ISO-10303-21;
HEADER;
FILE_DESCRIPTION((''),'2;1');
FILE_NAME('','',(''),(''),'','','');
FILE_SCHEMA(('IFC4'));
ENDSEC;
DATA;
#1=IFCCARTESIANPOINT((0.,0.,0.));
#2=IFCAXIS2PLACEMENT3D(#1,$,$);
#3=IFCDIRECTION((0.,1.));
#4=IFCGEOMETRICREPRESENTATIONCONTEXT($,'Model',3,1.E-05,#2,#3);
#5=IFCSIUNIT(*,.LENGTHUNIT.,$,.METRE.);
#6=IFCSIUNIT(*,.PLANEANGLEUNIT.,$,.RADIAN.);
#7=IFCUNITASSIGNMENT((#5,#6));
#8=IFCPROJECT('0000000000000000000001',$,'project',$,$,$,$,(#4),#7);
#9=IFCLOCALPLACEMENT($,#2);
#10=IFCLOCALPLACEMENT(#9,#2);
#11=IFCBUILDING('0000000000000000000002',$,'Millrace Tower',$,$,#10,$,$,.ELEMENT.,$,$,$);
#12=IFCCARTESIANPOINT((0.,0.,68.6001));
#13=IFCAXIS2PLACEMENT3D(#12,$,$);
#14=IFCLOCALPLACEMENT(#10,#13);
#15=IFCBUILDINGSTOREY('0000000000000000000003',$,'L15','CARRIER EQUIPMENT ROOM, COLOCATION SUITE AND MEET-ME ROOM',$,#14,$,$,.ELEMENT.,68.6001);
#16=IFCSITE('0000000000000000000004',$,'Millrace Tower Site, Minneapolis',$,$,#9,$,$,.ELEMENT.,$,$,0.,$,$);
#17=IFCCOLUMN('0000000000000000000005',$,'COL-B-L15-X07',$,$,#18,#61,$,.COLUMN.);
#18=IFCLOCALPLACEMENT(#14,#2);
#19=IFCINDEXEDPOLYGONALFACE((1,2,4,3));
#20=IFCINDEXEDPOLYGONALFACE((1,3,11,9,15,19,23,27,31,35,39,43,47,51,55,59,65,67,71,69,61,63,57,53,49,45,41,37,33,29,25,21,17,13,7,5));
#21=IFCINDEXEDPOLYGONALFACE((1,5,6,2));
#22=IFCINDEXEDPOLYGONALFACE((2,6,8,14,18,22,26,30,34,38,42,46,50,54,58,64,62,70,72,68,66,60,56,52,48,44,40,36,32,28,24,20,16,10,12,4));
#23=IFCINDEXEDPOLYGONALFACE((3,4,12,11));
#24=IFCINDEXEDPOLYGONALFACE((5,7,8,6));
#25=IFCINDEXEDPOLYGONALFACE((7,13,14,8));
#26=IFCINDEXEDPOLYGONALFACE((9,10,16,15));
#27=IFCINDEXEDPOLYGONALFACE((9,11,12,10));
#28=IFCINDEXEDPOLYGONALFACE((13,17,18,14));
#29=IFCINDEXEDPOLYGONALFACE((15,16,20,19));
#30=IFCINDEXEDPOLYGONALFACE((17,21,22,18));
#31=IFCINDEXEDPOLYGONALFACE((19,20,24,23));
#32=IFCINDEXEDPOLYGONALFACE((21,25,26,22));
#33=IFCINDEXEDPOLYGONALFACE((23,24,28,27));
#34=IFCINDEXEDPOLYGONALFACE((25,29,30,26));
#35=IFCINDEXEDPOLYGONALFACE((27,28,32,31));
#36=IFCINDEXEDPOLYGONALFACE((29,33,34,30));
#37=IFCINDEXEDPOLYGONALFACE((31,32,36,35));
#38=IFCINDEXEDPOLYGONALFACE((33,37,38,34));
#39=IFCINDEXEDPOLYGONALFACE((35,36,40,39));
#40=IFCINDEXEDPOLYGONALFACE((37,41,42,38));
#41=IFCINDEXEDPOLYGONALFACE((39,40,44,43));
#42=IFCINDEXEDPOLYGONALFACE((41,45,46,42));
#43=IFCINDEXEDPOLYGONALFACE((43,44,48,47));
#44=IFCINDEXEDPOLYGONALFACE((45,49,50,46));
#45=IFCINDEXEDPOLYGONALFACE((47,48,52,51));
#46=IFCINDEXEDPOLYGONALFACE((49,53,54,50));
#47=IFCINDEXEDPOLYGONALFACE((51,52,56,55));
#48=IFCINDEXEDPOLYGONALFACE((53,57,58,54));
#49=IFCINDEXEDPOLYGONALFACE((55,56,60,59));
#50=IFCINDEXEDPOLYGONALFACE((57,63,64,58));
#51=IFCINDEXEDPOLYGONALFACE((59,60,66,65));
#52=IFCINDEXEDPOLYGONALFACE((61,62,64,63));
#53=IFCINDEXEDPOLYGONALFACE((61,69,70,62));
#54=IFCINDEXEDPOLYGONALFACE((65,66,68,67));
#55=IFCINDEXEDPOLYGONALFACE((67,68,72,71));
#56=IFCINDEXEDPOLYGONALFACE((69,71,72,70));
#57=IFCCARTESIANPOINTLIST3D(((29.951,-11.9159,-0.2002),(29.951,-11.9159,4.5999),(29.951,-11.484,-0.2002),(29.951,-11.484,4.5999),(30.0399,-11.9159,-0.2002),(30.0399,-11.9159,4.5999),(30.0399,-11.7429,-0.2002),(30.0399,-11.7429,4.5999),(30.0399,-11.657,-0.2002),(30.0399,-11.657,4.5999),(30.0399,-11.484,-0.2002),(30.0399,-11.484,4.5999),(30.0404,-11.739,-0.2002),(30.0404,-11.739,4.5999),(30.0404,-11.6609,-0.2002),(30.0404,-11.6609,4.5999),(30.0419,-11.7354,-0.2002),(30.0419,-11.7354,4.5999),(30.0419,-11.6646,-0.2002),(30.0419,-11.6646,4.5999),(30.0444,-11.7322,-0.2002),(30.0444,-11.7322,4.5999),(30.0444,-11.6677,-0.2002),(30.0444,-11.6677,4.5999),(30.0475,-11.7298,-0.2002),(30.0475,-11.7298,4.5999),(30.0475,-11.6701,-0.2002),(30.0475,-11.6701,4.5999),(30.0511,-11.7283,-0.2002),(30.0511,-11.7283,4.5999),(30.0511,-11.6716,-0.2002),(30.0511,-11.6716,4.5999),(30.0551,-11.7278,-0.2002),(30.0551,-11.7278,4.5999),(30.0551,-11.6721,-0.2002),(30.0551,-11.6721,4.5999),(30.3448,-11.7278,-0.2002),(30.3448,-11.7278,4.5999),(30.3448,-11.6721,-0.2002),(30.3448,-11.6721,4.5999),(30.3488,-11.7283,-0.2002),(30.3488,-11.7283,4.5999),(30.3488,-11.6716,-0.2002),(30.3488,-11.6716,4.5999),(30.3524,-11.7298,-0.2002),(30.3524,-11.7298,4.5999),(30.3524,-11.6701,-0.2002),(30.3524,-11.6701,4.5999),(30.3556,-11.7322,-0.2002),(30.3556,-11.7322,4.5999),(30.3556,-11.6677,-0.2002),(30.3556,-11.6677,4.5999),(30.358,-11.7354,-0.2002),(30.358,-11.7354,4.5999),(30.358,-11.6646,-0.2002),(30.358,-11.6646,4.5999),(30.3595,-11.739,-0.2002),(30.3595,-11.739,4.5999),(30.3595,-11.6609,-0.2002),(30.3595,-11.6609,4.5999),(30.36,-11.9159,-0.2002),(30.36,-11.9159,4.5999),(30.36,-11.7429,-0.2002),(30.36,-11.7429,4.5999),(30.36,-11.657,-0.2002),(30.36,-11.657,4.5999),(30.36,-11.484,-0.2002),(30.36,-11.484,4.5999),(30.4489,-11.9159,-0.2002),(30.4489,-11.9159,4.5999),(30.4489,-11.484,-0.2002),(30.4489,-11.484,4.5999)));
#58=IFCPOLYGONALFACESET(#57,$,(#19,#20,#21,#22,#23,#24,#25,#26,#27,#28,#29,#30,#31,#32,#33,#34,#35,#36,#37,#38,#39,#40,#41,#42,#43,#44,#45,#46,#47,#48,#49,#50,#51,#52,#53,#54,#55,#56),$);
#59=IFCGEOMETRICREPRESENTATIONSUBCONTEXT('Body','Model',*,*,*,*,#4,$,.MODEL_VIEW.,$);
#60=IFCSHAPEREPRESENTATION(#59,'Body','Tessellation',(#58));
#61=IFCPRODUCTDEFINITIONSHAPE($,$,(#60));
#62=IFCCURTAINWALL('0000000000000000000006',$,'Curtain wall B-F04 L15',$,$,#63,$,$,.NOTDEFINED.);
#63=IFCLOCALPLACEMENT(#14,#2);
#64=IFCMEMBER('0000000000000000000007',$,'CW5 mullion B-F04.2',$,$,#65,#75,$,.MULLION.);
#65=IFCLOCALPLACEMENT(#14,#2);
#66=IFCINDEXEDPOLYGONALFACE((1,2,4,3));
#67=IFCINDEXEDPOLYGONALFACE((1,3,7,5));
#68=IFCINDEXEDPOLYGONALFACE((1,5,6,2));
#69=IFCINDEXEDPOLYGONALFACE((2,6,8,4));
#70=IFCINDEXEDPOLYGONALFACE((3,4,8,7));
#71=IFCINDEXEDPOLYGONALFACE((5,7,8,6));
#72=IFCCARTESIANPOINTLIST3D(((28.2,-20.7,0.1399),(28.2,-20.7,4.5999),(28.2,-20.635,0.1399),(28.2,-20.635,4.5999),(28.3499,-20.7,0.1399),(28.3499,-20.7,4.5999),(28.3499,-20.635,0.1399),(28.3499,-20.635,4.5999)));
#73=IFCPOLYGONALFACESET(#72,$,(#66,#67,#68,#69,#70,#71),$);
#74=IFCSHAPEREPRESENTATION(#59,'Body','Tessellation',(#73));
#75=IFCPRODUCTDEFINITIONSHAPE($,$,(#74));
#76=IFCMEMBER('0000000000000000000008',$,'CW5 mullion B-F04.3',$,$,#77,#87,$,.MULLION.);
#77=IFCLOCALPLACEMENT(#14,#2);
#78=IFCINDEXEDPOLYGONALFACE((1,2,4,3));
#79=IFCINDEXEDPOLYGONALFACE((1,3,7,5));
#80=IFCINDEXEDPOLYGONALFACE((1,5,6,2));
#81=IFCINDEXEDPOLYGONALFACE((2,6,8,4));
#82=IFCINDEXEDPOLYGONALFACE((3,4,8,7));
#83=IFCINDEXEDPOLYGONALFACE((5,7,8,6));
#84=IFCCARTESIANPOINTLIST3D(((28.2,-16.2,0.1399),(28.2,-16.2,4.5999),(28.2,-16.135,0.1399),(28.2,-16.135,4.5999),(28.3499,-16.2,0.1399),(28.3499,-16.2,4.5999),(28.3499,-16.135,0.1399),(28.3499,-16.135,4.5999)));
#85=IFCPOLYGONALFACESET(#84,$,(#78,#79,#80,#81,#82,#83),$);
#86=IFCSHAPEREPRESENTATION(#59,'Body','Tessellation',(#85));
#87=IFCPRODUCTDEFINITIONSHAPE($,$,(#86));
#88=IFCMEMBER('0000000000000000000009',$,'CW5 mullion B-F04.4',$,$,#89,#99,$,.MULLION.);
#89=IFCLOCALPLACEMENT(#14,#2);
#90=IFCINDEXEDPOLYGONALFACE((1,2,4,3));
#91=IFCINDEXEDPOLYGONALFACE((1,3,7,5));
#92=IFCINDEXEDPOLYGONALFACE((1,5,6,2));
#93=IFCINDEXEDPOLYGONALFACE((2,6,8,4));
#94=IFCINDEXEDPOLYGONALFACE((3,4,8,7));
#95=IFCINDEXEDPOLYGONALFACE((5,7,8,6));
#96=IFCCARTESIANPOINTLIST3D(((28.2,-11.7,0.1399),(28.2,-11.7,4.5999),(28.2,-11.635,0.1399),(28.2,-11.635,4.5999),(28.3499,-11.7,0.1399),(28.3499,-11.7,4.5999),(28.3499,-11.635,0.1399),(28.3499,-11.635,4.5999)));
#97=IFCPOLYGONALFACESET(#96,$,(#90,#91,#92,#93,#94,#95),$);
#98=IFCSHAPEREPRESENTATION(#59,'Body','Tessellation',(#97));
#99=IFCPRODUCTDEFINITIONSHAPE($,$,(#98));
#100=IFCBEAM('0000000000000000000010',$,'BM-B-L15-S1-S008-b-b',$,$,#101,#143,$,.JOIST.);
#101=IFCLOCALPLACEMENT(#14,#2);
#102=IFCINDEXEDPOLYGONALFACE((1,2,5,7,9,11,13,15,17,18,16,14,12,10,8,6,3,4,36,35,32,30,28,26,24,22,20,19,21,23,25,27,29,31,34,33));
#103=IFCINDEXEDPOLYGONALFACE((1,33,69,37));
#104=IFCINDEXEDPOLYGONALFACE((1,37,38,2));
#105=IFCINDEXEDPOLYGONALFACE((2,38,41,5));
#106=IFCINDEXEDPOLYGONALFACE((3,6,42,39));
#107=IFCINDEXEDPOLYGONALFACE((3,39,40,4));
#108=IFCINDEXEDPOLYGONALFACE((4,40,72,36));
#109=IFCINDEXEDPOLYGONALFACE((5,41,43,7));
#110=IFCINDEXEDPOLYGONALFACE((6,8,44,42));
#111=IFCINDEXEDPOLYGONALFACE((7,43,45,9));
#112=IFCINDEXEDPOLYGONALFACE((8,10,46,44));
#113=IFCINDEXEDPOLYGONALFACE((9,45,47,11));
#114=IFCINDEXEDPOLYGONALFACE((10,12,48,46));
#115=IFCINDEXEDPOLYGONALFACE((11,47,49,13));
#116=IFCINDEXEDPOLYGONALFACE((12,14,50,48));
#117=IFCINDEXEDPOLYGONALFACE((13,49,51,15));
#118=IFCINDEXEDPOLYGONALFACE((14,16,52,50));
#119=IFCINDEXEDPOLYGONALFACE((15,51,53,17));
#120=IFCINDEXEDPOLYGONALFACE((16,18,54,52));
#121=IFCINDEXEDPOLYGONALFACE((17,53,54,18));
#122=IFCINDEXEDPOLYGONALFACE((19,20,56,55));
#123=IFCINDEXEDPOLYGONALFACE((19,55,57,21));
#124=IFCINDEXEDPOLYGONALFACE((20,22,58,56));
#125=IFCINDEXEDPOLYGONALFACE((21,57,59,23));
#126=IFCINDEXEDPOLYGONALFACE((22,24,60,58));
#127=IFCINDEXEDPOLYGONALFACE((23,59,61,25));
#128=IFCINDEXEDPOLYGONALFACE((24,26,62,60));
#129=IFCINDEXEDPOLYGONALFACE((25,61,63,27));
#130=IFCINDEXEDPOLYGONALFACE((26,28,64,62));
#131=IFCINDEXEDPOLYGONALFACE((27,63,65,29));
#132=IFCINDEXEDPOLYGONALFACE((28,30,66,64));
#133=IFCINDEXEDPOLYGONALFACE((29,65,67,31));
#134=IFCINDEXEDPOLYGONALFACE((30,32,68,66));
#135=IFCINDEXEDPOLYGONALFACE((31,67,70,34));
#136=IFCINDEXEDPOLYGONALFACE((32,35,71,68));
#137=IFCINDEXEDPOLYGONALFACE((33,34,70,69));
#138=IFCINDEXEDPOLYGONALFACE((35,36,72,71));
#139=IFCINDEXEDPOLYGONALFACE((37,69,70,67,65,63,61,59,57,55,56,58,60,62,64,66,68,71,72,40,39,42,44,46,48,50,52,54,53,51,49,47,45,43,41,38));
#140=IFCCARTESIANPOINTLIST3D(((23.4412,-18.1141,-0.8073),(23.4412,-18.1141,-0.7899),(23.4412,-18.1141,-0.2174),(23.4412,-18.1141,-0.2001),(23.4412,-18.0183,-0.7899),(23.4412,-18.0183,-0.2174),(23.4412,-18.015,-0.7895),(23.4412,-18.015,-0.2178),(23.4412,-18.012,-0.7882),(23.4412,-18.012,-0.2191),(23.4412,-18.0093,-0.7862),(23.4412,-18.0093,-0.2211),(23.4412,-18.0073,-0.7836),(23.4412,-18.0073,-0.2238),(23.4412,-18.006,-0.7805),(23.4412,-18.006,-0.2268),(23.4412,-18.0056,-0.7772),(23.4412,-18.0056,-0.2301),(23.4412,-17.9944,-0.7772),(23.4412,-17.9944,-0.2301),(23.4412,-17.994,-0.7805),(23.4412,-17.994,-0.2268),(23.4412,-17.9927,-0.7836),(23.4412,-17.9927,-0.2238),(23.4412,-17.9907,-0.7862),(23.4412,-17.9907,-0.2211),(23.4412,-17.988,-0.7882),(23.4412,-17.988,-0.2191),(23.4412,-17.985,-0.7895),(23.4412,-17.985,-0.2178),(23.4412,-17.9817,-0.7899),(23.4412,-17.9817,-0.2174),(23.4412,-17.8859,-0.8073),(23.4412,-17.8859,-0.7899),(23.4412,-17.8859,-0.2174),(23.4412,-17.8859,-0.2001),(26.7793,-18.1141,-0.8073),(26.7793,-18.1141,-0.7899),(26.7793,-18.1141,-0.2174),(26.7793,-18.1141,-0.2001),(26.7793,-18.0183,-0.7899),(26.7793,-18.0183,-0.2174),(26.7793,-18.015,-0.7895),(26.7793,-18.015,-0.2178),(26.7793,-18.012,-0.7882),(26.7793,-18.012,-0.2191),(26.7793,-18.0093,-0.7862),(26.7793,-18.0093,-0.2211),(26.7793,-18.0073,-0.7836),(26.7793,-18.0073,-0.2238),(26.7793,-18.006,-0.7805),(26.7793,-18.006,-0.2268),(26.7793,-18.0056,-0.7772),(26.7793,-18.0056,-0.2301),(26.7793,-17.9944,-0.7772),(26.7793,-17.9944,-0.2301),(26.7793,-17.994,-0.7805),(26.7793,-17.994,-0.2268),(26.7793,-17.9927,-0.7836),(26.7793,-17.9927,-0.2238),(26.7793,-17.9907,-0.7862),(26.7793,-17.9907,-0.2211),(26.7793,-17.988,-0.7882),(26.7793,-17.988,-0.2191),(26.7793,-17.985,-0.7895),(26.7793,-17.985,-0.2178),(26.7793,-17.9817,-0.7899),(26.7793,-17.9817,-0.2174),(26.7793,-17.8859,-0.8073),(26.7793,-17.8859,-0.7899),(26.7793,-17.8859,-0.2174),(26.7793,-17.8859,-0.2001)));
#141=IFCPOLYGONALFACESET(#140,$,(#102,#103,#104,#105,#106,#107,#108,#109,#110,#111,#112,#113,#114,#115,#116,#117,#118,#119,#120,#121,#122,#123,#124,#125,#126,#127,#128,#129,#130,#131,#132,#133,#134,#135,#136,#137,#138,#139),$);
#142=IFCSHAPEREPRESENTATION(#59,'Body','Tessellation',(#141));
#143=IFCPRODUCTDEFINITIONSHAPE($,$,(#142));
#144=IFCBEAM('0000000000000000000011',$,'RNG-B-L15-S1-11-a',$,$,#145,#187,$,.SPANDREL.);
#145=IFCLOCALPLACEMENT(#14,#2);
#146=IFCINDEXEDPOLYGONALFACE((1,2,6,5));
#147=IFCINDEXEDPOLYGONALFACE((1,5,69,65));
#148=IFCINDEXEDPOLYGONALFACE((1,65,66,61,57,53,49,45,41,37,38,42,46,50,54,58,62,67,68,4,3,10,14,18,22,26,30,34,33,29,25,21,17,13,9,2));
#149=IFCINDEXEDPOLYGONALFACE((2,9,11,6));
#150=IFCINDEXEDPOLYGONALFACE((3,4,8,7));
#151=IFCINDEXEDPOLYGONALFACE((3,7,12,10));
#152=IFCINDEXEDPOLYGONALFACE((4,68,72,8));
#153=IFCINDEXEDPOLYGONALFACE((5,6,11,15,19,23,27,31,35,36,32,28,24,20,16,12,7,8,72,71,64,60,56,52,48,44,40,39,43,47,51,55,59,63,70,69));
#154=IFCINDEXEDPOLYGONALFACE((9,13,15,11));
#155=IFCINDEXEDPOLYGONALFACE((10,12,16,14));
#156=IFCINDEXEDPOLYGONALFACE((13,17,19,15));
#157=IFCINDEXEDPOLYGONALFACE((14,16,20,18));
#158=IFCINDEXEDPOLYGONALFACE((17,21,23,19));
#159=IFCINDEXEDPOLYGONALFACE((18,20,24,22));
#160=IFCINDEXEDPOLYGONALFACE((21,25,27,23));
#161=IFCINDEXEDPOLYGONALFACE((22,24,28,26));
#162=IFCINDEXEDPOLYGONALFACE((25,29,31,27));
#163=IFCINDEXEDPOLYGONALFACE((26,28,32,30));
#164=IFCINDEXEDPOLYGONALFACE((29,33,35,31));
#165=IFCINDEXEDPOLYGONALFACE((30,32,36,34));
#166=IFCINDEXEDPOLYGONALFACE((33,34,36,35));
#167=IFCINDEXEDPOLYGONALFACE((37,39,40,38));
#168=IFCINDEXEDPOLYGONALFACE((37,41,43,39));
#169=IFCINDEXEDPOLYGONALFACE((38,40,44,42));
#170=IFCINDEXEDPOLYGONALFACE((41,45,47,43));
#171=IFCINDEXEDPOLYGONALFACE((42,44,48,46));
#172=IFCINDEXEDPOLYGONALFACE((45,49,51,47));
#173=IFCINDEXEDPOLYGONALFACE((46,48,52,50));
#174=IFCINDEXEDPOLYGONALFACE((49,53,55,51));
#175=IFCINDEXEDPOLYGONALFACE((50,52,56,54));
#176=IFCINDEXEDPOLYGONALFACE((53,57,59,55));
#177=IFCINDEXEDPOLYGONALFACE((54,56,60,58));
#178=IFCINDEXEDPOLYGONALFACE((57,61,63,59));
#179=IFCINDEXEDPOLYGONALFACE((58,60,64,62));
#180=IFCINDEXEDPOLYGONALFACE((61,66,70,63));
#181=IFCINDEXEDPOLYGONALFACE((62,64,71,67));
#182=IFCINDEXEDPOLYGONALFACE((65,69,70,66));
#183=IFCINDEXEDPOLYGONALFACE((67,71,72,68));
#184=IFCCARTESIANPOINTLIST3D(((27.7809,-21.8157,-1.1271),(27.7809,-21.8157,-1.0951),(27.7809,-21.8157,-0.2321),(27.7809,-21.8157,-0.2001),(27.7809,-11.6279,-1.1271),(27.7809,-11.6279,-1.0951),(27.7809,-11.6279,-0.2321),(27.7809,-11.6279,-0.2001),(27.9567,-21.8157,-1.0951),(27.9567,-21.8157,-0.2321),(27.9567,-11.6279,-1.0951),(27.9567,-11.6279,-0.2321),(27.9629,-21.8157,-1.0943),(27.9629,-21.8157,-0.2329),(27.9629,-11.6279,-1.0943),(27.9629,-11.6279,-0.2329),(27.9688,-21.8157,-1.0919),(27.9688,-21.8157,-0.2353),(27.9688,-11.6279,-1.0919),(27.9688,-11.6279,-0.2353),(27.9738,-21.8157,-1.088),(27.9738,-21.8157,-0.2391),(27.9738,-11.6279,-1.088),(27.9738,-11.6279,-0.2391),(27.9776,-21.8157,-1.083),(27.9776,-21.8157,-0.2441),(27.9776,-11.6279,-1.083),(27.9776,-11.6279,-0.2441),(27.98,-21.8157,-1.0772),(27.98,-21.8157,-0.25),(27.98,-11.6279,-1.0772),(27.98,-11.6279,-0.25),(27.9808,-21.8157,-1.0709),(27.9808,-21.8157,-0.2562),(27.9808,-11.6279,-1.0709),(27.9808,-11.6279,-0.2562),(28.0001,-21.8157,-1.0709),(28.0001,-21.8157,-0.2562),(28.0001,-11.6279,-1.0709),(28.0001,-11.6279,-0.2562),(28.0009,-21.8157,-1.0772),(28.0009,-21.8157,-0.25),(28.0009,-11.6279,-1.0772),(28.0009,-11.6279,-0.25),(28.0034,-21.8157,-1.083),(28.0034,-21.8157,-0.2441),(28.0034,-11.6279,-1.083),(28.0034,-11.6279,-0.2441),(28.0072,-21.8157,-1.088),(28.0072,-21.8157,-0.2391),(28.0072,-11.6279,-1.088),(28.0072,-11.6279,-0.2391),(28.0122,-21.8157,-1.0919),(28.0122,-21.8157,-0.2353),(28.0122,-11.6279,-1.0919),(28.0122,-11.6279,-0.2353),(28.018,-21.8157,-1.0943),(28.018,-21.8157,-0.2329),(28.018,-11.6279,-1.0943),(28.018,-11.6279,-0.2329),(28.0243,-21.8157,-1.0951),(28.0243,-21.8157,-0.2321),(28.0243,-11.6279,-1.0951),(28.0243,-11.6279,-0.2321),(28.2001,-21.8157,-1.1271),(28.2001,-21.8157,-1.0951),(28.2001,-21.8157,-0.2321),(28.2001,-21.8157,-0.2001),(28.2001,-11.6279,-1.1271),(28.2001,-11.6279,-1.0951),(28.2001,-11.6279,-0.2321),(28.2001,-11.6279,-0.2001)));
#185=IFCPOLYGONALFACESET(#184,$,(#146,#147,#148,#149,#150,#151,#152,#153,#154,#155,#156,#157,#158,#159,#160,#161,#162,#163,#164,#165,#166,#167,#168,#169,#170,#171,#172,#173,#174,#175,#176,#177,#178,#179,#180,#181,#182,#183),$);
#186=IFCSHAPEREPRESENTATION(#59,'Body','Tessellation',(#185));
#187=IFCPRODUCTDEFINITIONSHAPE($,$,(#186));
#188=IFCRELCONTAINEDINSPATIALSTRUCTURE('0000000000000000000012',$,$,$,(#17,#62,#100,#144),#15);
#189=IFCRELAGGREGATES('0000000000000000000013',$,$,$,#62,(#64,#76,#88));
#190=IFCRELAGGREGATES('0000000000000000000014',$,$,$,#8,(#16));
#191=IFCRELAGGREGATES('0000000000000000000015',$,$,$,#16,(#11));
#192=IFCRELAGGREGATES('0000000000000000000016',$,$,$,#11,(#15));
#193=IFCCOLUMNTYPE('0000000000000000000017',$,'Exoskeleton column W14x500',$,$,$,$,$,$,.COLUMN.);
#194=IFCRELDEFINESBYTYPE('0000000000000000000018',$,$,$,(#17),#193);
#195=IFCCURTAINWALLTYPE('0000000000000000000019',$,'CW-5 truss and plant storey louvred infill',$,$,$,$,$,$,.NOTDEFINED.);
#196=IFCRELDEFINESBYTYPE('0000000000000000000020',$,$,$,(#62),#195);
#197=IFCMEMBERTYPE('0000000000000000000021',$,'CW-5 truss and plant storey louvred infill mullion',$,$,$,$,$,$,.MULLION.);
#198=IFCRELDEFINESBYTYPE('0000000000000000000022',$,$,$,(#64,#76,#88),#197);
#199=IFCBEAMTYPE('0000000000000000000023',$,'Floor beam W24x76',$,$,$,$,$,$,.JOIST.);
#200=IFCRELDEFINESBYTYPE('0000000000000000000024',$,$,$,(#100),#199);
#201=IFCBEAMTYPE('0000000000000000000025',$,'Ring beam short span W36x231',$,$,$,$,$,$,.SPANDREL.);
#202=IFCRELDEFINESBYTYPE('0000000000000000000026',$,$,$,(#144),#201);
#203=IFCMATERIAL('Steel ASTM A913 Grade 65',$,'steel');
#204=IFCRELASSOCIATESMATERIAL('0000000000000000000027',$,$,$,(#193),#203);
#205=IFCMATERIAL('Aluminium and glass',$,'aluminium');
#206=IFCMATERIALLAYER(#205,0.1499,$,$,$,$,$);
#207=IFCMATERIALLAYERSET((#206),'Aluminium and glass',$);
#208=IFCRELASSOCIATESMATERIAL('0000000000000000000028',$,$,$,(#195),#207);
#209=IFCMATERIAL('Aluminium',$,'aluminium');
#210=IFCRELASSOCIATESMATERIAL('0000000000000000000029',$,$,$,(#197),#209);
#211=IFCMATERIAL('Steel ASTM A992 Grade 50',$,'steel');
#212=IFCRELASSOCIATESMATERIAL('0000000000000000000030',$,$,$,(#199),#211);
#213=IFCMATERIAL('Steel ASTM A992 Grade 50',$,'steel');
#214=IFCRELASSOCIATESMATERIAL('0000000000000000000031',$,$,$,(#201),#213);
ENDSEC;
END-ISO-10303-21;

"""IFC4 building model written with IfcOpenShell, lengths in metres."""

from ifc_helpers import new_model, si_unit, direction, frame, origin, origin_2d, place, context, subcontext, project, spatial, rectangle, i_section, extrude, material, layer, layer_set, material_profile, profile_set, type_object, element, aggregate, save


model = new_model("IFC4")

# Units and contexts
model_context = context("Model", 3, precision=1e-05, world=origin(), true_north=direction((0.0, 1.0)))
body_context = subcontext(model_context, "Body", "Model", "MODEL_VIEW")
ifc_project = project(units=[si_unit("LENGTHUNIT", "METRE"), si_unit("PLANEANGLEUNIT", "RADIAN")], contexts=[model_context])

# Site, building, storey
site_placement = place(None, origin())
site = spatial("IfcSite", under=ifc_project, at=site_placement, Name="Millrace Tower Site, Minneapolis", CompositionType="ELEMENT", RefElevation=0.0)
building_placement = place(site_placement, origin())
building = spatial("IfcBuilding", under=site, at=building_placement, Name="Millrace Tower", CompositionType="ELEMENT")
storey_placement = place(building_placement, frame((0.0, 0.0, 68.6001)))
storey = spatial("IfcBuildingStorey", under=building, at=storey_placement, Name="L15", Description="CARRIER EQUIPMENT ROOM, COLOCATION SUITE AND MEET-ME ROOM", CompositionType="ELEMENT", Elevation=68.6001)

# Column
ifc_material_1 = material(Name="Steel ASTM A913 Grade 65", Category="steel")
ifc_material_profile_1 = material_profile(ifc_material_1, i_section(OverallWidth=0.4319, OverallDepth=0.4978, WebThickness=0.0557, FlangeThickness=0.0889, FilletRadius=0.0151, at=origin_2d()))
ifc_profile_set_1 = profile_set([ifc_material_profile_1], Name="Steel ASTM A913 Grade 65")
column_type = type_object("IfcColumnType", Name="Exoskeleton column W14x500", PredefinedType="COLUMN", material=ifc_profile_set_1)
column_placement = place(storey_placement, frame((30.2, -11.7, -0.2002), z_axis=(0.0, 0.0, 1.0), x_axis=(0.0, 1.0, 0.0)))
element("IfcColumn", 1, at=column_placement, inside=storey, type_object=column_type, Name="COL-B-L15-X07", PredefinedType="COLUMN", context=body_context, shape_type="SweptSolid", body=[
    extrude(i_section(OverallWidth=0.4319, OverallDepth=0.4978, WebThickness=0.0557, FlangeThickness=0.0889, FilletRadius=0.0151, at=origin_2d()), origin(), (0.0, 0.0, 1.0), 4.8),
])

# Curtain wall, members
ifc_material_2 = material(Name="Aluminium and glass", Category="aluminium")
ifc_layer_1 = layer(ifc_material_2, 0.1499)
ifc_layer_set_1 = layer_set([ifc_layer_1], Name="Aluminium and glass")
curtain_wall_type = type_object("IfcCurtainWallType", Name="CW-5 truss and plant storey louvred infill", PredefinedType="NOTDEFINED", material=ifc_layer_set_1)
curtain_wall_placement = place(storey_placement, origin())
curtain_wall = element("IfcCurtainWall", 2, at=curtain_wall_placement, inside=storey, type_object=curtain_wall_type, Name="Curtain wall B-F04 L15", PredefinedType="NOTDEFINED")
ifc_material_3 = material(Name="Aluminium", Category="aluminium")
ifc_material_profile_2 = material_profile(ifc_material_3, rectangle(XDim=0.0649, YDim=0.1499, at=origin_2d()))
ifc_profile_set_2 = profile_set([ifc_material_profile_2], Name="Aluminium")
member_type_1 = type_object("IfcMemberType", Name="CW-5 truss and plant storey louvred infill mullion", PredefinedType="MULLION", material=ifc_profile_set_2)
member_1_placement = place(storey_placement, frame((28.2749, -20.6675, 0.1399), z_axis=(0.0, 0.0, 1.0), x_axis=(0.0, 1.0, 0.0)))
member_1 = element("IfcMember", 3, at=member_1_placement, type_object=member_type_1, Name="CW5 mullion B-F04.2", PredefinedType="MULLION", context=body_context, shape_type="SweptSolid", body=[
    extrude(rectangle(XDim=0.0649, YDim=0.1499, at=origin_2d()), origin(), (0.0, 0.0, 1.0), 4.46),
])
member_2_placement = place(storey_placement, frame((28.2749, -16.1675, 0.1399), z_axis=(0.0, 0.0, 1.0), x_axis=(0.0, 1.0, 0.0)))
member_2 = element("IfcMember", 4, at=member_2_placement, type_object=member_type_1, Name="CW5 mullion B-F04.3", PredefinedType="MULLION", context=body_context, shape_type="SweptSolid", body=[
    extrude(rectangle(XDim=0.0649, YDim=0.1499, at=origin_2d()), origin(), (0.0, 0.0, 1.0), 4.46),
])
member_3_placement = place(storey_placement, frame((28.2749, -11.6675, 0.1399), z_axis=(0.0, 0.0, 1.0), x_axis=(0.0, 1.0, 0.0)))
member_3 = element("IfcMember", 5, at=member_3_placement, type_object=member_type_1, Name="CW5 mullion B-F04.4", PredefinedType="MULLION", context=body_context, shape_type="SweptSolid", body=[
    extrude(rectangle(XDim=0.0649, YDim=0.1499, at=origin_2d()), origin(), (0.0, 0.0, 1.0), 4.46),
])
aggregate(curtain_wall, [member_1, member_2, member_3])

# Beams
ifc_material_4 = material(Name="Steel ASTM A992 Grade 50", Category="steel")
ifc_material_profile_3 = material_profile(ifc_material_4, i_section(OverallWidth=0.2283, OverallDepth=0.6072, WebThickness=0.0112, FlangeThickness=0.0173, FilletRadius=0.0127, at=origin_2d()))
ifc_profile_set_3 = profile_set([ifc_material_profile_3], Name="Steel ASTM A992 Grade 50")
beam_type_1 = type_object("IfcBeamType", Name="Floor beam W24x76", PredefinedType="JOIST", material=ifc_profile_set_3)
beam_1_placement = place(storey_placement, frame((23.4412, -18.0, -0.5037), z_axis=(1.0, 0.0, 0.0), x_axis=(0.0, 1.0, 0.0)))
element("IfcBeam", 6, at=beam_1_placement, inside=storey, type_object=beam_type_1, Name="BM-B-L15-S1-S008-b-b", PredefinedType="JOIST", context=body_context, shape_type="SweptSolid", body=[
    extrude(i_section(OverallWidth=0.2283, OverallDepth=0.6072, WebThickness=0.0112, FlangeThickness=0.0173, FilletRadius=0.0127, at=origin_2d()), origin(), (0.0, 0.0, 1.0), 3.3381),
])
ifc_material_5 = material(Name="Steel ASTM A992 Grade 50", Category="steel")
ifc_material_profile_4 = material_profile(ifc_material_5, i_section(OverallWidth=0.4192, OverallDepth=0.927, WebThickness=0.0193, FlangeThickness=0.032, FilletRadius=0.0242, at=origin_2d()))
ifc_profile_set_4 = profile_set([ifc_material_profile_4], Name="Steel ASTM A992 Grade 50")
beam_type_2 = type_object("IfcBeamType", Name="Ring beam short span W36x231", PredefinedType="SPANDREL", material=ifc_profile_set_4)
beam_2_placement = place(storey_placement, frame((27.9905, -11.6279, -0.6636), z_axis=(0.0, -1.0, 0.0), x_axis=(1.0, 0.0, 0.0)))
element("IfcBeam", 7, at=beam_2_placement, inside=storey, type_object=beam_type_2, Name="RNG-B-L15-S1-11-a", PredefinedType="SPANDREL", context=body_context, shape_type="SweptSolid", body=[
    extrude(i_section(OverallWidth=0.4192, OverallDepth=0.927, WebThickness=0.0193, FlangeThickness=0.032, FilletRadius=0.0242, at=origin_2d()), origin(), (0.0, 0.0, 1.0), 10.1877),
])

save(model, "model.ifc")
